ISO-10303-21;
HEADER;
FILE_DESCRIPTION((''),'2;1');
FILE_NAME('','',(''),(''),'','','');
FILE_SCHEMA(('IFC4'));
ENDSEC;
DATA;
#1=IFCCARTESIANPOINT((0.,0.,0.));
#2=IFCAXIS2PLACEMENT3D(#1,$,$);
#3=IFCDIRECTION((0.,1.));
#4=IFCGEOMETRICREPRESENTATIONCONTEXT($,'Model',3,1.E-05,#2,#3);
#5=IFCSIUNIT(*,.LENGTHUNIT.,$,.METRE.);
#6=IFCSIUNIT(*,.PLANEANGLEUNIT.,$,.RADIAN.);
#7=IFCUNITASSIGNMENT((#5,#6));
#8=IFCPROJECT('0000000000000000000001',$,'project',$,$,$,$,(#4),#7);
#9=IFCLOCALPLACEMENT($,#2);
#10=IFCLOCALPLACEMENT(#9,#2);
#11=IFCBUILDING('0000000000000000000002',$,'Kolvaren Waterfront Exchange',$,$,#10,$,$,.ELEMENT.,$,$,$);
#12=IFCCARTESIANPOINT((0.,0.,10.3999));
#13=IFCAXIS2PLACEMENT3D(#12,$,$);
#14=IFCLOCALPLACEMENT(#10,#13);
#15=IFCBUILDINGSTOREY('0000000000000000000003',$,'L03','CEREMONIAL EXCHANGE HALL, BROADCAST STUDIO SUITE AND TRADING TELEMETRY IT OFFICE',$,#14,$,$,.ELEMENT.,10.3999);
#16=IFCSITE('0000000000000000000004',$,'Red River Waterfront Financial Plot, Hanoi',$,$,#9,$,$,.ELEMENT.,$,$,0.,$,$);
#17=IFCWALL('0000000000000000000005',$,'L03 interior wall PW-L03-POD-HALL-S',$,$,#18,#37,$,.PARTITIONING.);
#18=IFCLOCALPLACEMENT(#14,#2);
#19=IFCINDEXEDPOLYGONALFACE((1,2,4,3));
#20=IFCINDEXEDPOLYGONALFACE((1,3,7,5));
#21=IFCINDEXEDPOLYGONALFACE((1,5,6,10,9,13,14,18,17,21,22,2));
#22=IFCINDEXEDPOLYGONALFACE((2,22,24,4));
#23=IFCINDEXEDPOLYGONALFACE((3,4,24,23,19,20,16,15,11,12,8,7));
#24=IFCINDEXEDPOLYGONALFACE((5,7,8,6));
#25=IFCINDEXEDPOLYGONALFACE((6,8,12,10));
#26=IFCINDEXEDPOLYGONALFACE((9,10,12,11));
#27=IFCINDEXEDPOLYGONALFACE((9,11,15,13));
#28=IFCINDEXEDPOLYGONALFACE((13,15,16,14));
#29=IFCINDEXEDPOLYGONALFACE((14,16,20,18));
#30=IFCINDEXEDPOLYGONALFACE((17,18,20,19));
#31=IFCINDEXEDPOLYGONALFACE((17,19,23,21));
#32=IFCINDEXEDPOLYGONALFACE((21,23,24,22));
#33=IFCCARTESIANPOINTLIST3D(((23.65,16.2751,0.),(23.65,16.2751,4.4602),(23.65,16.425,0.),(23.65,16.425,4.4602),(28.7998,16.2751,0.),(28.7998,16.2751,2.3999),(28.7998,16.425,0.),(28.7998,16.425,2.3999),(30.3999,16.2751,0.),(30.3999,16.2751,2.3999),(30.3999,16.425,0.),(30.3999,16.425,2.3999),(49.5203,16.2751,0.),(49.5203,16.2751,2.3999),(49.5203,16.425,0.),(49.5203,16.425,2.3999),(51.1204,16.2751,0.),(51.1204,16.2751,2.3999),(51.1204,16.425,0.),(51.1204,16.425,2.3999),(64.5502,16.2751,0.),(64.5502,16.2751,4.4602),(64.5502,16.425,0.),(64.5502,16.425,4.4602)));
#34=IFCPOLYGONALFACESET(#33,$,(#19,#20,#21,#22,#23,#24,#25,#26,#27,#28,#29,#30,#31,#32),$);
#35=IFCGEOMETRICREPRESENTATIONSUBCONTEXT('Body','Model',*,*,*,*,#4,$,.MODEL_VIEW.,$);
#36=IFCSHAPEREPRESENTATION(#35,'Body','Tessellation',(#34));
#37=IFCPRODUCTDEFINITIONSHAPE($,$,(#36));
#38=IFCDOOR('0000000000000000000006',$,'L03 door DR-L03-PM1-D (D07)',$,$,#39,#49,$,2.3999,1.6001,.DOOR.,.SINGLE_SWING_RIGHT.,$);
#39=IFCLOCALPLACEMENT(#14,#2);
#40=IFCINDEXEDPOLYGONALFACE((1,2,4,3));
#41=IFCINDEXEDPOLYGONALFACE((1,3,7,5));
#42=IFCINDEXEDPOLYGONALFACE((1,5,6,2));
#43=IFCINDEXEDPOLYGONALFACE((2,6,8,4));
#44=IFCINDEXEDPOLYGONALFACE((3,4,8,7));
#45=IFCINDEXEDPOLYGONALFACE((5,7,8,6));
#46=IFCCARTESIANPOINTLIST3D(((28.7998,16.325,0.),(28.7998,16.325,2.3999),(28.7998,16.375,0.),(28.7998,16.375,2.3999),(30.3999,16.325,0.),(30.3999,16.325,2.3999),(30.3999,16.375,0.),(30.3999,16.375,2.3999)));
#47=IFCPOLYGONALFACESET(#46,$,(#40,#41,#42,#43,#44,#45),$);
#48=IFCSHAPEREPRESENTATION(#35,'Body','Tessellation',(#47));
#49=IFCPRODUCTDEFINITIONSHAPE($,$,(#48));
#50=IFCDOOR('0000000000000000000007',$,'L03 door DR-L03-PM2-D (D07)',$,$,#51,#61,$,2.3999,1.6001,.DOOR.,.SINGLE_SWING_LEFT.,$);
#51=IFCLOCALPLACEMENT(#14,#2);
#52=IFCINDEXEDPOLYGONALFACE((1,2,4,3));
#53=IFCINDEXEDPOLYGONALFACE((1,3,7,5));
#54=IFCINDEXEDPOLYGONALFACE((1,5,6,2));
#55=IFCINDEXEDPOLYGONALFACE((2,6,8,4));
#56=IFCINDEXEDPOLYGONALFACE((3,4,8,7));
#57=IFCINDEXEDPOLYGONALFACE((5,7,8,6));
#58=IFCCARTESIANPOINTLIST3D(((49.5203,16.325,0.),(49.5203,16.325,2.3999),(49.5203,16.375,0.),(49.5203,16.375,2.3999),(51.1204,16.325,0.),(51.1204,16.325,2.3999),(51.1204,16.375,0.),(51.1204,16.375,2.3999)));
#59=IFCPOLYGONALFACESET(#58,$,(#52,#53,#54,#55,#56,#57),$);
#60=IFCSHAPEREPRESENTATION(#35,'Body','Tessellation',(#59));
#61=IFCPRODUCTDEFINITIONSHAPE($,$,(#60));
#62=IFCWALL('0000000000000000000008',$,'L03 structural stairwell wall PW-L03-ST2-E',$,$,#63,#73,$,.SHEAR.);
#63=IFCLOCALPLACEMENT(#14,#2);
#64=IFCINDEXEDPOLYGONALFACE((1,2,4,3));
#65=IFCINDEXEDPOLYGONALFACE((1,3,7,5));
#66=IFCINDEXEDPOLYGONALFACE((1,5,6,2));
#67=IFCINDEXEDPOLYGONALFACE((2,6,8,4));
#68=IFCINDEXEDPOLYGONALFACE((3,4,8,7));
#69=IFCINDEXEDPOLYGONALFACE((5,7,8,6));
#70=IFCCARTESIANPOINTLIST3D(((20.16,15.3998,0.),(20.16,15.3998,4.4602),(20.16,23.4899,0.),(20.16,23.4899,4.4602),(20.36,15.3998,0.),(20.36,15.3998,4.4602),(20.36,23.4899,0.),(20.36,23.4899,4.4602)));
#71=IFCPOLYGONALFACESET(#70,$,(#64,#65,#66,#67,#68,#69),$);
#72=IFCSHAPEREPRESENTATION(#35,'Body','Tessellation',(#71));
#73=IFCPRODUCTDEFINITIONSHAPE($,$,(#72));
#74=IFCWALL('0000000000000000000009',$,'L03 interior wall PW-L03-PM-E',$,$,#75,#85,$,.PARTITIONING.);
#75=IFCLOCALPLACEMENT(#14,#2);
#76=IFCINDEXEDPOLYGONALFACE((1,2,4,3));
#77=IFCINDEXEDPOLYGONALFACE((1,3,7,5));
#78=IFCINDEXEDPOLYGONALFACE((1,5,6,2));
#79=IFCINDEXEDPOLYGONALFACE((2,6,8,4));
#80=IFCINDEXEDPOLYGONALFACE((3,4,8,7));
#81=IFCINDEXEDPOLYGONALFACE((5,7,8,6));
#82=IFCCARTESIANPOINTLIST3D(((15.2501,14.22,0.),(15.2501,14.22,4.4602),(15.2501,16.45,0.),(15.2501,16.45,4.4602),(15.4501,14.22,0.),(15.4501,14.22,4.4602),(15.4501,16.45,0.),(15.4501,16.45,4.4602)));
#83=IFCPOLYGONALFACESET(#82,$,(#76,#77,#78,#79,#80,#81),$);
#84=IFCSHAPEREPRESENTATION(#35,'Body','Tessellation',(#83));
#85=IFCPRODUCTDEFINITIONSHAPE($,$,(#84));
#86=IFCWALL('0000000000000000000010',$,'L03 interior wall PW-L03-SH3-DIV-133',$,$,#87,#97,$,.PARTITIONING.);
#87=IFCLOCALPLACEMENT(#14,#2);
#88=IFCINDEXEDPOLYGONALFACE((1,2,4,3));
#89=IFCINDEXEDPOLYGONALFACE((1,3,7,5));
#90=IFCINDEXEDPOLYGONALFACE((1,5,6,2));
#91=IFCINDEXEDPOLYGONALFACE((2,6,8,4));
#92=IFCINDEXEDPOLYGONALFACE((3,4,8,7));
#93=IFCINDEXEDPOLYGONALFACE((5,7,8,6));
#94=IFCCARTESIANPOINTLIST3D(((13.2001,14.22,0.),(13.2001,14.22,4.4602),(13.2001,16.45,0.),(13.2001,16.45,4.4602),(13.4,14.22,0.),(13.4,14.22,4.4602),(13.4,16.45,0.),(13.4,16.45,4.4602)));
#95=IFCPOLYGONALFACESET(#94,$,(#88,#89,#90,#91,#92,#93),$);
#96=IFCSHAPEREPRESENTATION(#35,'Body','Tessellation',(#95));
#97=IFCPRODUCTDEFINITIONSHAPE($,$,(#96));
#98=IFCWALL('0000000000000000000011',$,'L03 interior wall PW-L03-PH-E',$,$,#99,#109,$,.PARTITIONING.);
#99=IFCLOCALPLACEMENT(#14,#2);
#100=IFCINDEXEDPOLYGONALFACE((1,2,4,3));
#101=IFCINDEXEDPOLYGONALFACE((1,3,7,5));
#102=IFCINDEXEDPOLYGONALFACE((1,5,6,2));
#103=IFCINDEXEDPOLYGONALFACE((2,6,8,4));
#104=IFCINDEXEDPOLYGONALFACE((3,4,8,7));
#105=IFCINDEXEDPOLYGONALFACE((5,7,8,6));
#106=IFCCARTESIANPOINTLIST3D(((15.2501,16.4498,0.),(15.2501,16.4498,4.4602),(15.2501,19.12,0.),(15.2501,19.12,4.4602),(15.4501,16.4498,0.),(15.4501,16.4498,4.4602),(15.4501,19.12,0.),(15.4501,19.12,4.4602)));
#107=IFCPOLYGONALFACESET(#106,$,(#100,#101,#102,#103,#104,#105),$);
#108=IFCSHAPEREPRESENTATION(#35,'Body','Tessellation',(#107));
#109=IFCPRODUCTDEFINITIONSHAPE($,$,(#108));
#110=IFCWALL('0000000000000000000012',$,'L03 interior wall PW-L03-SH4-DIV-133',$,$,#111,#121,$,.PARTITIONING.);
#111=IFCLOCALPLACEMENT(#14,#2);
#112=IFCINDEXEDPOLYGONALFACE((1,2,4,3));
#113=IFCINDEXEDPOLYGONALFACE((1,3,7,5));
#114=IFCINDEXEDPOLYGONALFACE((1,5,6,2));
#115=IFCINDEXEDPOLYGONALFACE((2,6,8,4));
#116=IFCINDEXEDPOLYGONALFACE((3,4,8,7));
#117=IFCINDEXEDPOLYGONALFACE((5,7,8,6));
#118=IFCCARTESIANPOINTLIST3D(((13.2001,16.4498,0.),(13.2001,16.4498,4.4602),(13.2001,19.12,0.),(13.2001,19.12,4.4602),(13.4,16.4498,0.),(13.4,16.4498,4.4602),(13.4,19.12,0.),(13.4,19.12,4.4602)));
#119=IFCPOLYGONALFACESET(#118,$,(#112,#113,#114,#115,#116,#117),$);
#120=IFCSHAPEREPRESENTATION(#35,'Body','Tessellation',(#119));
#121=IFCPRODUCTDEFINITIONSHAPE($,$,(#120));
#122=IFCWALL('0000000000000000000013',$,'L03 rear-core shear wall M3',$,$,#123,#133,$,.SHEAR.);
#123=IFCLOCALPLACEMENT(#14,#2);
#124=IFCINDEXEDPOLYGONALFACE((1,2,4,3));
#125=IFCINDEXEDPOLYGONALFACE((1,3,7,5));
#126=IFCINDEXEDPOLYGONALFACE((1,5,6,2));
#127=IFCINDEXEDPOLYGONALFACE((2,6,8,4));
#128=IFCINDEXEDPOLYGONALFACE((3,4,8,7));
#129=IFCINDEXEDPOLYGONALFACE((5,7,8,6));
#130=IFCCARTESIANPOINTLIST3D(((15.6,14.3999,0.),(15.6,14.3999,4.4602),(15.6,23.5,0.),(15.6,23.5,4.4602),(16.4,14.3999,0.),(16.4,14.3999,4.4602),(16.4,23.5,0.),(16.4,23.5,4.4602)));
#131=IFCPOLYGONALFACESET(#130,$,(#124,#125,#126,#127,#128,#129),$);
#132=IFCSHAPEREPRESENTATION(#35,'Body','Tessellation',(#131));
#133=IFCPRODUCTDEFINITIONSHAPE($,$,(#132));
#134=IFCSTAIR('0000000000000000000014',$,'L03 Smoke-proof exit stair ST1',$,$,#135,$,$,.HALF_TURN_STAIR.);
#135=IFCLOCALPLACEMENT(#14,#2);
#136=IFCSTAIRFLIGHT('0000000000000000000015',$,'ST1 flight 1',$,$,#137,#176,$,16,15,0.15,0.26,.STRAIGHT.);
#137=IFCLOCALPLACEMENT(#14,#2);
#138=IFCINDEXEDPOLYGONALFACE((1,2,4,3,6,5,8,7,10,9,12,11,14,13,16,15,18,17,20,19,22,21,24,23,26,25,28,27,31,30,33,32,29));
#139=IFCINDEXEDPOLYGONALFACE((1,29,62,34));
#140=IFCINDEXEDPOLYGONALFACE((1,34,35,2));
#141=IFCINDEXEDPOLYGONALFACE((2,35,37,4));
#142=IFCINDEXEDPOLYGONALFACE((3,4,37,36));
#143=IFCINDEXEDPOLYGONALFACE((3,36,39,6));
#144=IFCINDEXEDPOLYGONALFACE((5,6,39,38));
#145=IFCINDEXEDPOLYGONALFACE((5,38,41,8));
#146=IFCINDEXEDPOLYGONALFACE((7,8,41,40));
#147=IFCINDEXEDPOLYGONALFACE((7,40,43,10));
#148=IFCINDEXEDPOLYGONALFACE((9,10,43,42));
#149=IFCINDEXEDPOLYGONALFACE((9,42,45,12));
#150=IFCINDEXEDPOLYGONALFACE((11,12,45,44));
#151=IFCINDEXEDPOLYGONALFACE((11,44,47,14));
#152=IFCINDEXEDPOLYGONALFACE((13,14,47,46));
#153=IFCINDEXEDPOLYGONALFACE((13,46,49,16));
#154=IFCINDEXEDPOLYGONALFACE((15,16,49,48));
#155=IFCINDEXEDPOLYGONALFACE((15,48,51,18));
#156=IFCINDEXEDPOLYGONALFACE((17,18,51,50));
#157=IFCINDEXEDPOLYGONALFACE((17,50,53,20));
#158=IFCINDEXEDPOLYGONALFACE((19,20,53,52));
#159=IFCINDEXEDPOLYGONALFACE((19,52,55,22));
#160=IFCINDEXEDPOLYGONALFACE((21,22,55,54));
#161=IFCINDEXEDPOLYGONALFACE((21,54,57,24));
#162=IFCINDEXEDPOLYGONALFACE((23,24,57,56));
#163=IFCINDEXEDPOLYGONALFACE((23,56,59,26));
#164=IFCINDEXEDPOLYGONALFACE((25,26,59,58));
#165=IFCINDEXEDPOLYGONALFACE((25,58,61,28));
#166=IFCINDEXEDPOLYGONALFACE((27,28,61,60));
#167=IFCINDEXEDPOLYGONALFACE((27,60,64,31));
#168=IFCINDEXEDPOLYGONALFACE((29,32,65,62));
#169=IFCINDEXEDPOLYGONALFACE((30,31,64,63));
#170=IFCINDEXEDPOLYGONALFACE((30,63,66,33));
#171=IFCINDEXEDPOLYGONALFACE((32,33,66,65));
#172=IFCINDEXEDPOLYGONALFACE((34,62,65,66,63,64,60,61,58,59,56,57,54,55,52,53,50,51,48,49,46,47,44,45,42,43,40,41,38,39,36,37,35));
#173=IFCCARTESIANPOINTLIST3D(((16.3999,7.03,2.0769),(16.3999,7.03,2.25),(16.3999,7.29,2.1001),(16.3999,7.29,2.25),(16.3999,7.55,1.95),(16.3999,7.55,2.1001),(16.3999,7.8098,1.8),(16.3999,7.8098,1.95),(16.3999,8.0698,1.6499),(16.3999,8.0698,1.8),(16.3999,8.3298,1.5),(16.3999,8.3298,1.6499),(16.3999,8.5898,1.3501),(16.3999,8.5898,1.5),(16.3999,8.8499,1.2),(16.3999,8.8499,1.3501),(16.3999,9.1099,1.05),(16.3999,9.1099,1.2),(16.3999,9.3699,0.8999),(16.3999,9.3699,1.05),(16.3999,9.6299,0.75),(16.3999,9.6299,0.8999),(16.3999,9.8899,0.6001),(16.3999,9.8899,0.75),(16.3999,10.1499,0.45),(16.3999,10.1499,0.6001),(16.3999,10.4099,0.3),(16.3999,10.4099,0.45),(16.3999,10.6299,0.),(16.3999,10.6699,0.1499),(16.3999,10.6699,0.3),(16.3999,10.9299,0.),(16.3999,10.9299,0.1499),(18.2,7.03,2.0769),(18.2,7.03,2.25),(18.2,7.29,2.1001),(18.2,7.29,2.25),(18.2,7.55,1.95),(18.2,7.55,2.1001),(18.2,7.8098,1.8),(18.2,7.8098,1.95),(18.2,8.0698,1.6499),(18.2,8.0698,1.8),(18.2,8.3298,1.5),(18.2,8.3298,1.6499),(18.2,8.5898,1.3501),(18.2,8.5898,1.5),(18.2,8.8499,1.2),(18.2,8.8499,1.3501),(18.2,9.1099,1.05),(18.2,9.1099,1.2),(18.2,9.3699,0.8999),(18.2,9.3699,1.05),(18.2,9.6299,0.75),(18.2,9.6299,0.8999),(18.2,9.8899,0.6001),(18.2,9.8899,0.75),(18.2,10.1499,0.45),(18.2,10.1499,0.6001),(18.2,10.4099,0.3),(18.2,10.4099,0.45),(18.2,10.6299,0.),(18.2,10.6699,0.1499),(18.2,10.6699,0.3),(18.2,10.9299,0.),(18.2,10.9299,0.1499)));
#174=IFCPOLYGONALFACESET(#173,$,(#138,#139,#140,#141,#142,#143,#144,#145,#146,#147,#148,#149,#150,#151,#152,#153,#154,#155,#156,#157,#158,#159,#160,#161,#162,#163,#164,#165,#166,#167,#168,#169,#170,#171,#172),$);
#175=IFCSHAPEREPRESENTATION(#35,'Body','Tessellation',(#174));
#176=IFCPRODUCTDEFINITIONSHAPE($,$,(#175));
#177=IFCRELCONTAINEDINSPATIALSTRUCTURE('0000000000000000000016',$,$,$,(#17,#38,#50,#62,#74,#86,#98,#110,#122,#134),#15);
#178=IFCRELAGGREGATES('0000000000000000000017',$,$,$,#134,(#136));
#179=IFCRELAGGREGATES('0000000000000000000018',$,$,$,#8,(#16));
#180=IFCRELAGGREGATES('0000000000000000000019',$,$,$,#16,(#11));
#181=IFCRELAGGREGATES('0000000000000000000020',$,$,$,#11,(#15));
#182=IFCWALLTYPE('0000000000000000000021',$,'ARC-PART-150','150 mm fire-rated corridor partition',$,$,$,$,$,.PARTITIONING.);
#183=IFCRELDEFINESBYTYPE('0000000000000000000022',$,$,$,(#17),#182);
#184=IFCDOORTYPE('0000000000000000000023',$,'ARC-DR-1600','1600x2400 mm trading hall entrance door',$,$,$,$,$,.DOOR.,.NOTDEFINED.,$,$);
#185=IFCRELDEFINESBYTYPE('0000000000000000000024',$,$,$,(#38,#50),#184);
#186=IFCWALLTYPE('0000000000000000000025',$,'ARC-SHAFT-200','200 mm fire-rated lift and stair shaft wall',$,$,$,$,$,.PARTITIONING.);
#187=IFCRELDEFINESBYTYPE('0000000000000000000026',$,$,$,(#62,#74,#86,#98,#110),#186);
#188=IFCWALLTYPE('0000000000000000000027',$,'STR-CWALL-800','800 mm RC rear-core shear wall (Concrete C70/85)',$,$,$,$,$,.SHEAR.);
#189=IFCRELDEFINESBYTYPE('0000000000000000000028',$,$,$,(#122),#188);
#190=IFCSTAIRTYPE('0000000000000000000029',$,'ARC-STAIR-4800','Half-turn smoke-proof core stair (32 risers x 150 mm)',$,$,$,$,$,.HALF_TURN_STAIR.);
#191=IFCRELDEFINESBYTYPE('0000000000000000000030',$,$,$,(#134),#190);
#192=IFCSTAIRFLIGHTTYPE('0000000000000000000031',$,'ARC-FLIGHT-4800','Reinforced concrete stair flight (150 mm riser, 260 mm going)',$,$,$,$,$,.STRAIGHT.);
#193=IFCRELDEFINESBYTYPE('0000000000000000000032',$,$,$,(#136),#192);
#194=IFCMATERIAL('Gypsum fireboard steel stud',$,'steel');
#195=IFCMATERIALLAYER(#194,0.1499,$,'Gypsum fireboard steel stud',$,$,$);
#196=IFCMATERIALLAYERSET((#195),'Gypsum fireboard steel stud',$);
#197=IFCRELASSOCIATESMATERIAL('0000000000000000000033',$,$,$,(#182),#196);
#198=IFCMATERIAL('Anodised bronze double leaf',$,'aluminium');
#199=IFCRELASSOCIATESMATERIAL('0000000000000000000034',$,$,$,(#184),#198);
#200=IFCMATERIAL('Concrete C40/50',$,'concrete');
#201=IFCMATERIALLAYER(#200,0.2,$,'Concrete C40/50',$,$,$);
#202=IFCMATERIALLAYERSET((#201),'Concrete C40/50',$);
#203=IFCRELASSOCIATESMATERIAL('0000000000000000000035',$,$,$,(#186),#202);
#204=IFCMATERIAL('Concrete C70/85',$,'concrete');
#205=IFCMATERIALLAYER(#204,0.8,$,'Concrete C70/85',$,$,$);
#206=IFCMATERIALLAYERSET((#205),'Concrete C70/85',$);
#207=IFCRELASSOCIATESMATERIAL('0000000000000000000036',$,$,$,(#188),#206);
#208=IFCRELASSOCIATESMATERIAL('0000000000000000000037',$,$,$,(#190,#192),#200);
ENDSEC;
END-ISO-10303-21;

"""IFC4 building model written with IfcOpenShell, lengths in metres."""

from ifc_helpers import new_model, si_unit, direction, frame, frame_2d, origin, place, context, subcontext, project, spatial, polyline, rectangle, outline, extrude, material, layer, layer_set, type_object, element, fill, aggregate, save


model = new_model("IFC4")

# Units and contexts
model_context = context("Model", 3, precision=1e-05, world=origin(), true_north=direction((0.0, 1.0)))
body_context = subcontext(model_context, "Body", "Model", "MODEL_VIEW")
ifc_project = project(units=[si_unit("LENGTHUNIT", "METRE"), si_unit("PLANEANGLEUNIT", "RADIAN")], contexts=[model_context])

# Site, building, storey
site_placement = place(None, origin())
site = spatial("IfcSite", under=ifc_project, at=site_placement, Name="Red River Waterfront Financial Plot, Hanoi", CompositionType="ELEMENT", RefElevation=0.0)
building_placement = place(site_placement, origin())
building = spatial("IfcBuilding", under=site, at=building_placement, Name="Kolvaren Waterfront Exchange", CompositionType="ELEMENT")
storey_placement = place(building_placement, frame((0.0, 0.0, 10.3999)))
storey = spatial("IfcBuildingStorey", under=building, at=storey_placement, Name="L03", Description="CEREMONIAL EXCHANGE HALL, BROADCAST STUDIO SUITE AND TRADING TELEMETRY IT OFFICE", CompositionType="ELEMENT", Elevation=10.3999)

# Shared definitions
ifc_material_1 = material(Name="Concrete C70/85", Category="concrete")

# Wall, openings, doors
ifc_material_2 = material(Name="Gypsum fireboard steel stud", Category="steel")
ifc_layer_1 = layer(ifc_material_2, 0.1499, Name="Gypsum fireboard steel stud")
ifc_layer_set_1 = layer_set([ifc_layer_1], Name="Gypsum fireboard steel stud")
wall_type_1 = type_object("IfcWallType", Name="ARC-PART-150", Description="150 mm fire-rated corridor partition", PredefinedType="PARTITIONING", material=ifc_layer_set_1)
wall_1_placement = place(storey_placement, frame((23.6499, 16.3501, 0.0), z_axis=(0.0, 0.0, 1.0), x_axis=(1.0, 0.0, 0.0)))
wall_1 = element("IfcWall", 1, at=wall_1_placement, inside=storey, type_object=wall_type_1, Name="L03 interior wall PW-L03-POD-HALL-S", PredefinedType="PARTITIONING", context=body_context, shape_type="SweptSolid", body=[
    extrude(rectangle(XDim=40.9001, YDim=0.1499, at=frame_2d((20.4502, 0.0))), origin(), (0.0, 0.0, 1.0), 4.4602),
])
opening_1_placement = place(wall_1_placement, frame((5.1499, 0.0, 0.0)))
opening_1 = element("IfcOpeningElement", 2, at=opening_1_placement, cuts=wall_1, PredefinedType="OPENING", context=body_context, shape_type="SweptSolid", body=[
    extrude(rectangle(XDim=1.6001, YDim=2.3999, at=frame_2d((0.8, 1.2))), frame((0.0, 0.085, 0.0), z_axis=(0.0, -1.0, 0.0), x_axis=(1.0, 0.0, 0.0)), (0.0, 0.0, 1.0), 0.1699),
])
opening_2_placement = place(wall_1_placement, frame((25.8704, 0.0, 0.0)))
opening_2 = element("IfcOpeningElement", 3, at=opening_2_placement, cuts=wall_1, PredefinedType="OPENING", context=body_context, shape_type="SweptSolid", body=[
    extrude(rectangle(XDim=1.6001, YDim=2.3999, at=frame_2d((0.8, 1.2))), frame((0.0, 0.085, 0.0), z_axis=(0.0, -1.0, 0.0), x_axis=(1.0, 0.0, 0.0)), (0.0, 0.0, 1.0), 0.1699),
])
ifc_material_3 = material(Name="Anodised bronze double leaf", Category="aluminium")
door_type_1 = type_object("IfcDoorType", Name="ARC-DR-1600", Description="1600x2400 mm trading hall entrance door", OperationType="NOTDEFINED", PredefinedType="DOOR", material=ifc_material_3)
door_1_placement = place(opening_1_placement, origin())
door_1 = element("IfcDoor", 4, at=door_1_placement, inside=storey, type_object=door_type_1, Name="L03 door DR-L03-PM1-D (D07)", OperationType="SINGLE_SWING_RIGHT", OverallHeight=2.3999, OverallWidth=1.6001, PredefinedType="DOOR", context=body_context, shape_type="SweptSolid", body=[
    extrude(rectangle(XDim=1.6001, YDim=2.3999, at=frame_2d((0.8, 1.2))), frame((0.0, 0.0249, 0.0), z_axis=(0.0, -1.0, 0.0), x_axis=(1.0, 0.0, 0.0)), (0.0, 0.0, 1.0), 0.05),
])
fill(opening_1, door_1)
door_2_placement = place(opening_2_placement, origin())
door_2 = element("IfcDoor", 5, at=door_2_placement, inside=storey, type_object=door_type_1, Name="L03 door DR-L03-PM2-D (D07)", OperationType="SINGLE_SWING_LEFT", OverallHeight=2.3999, OverallWidth=1.6001, PredefinedType="DOOR", context=body_context, shape_type="SweptSolid", body=[
    extrude(rectangle(XDim=1.6001, YDim=2.3999, at=frame_2d((0.8, 1.2))), frame((0.0, 0.0249, 0.0), z_axis=(0.0, -1.0, 0.0), x_axis=(1.0, 0.0, 0.0)), (0.0, 0.0, 1.0), 0.05),
])
fill(opening_2, door_2)

# Walls
ifc_material_4 = material(Name="Concrete C40/50", Category="concrete")
ifc_layer_2 = layer(ifc_material_4, 0.2, Name="Concrete C40/50")
ifc_layer_set_2 = layer_set([ifc_layer_2], Name="Concrete C40/50")
wall_type_2 = type_object("IfcWallType", Name="ARC-SHAFT-200", Description="200 mm fire-rated lift and stair shaft wall", PredefinedType="PARTITIONING", material=ifc_layer_set_2)
wall_2_placement = place(storey_placement, frame((20.26, 15.3999, 0.0), z_axis=(0.0, 0.0, 1.0), x_axis=(0.0, 1.0, 0.0)))
element("IfcWall", 6, at=wall_2_placement, inside=storey, type_object=wall_type_2, Name="L03 structural stairwell wall PW-L03-ST2-E", PredefinedType="SHEAR", context=body_context, shape_type="SweptSolid", body=[
    extrude(rectangle(XDim=8.0901, YDim=0.2, at=frame_2d((4.0449, 0.0))), origin(), (0.0, 0.0, 1.0), 4.4602),
])
for number, where, z_axis, x_axis, name in (
    (7, (15.3501, 14.22, 0.0), (0.0, 0.0, 1.0), (0.0, 1.0, 0.0), "L03 interior wall PW-L03-PM-E"),
    (8, (13.3, 14.22, 0.0), (0.0, 0.0, 1.0), (0.0, 1.0, 0.0), "L03 interior wall PW-L03-SH3-DIV-133"),
):
    element("IfcWall", number, at=place(storey_placement, frame(where, z_axis=z_axis, x_axis=x_axis)), inside=storey, type_object=wall_type_2, Name=name, PredefinedType="PARTITIONING", context=body_context, shape_type="SweptSolid", body=[
        extrude(rectangle(XDim=2.23, YDim=0.2, at=frame_2d((1.115, 0.0))), origin(), (0.0, 0.0, 1.0), 4.4602),
    ])
for number, where, z_axis, x_axis, name in (
    (9, (15.3501, 16.45, 0.0), (0.0, 0.0, 1.0), (0.0, 1.0, 0.0), "L03 interior wall PW-L03-PH-E"),
    (10, (13.3, 16.45, 0.0), (0.0, 0.0, 1.0), (0.0, 1.0, 0.0), "L03 interior wall PW-L03-SH4-DIV-133"),
):
    element("IfcWall", number, at=place(storey_placement, frame(where, z_axis=z_axis, x_axis=x_axis)), inside=storey, type_object=wall_type_2, Name=name, PredefinedType="PARTITIONING", context=body_context, shape_type="SweptSolid", body=[
        extrude(rectangle(XDim=2.6702, YDim=0.2, at=frame_2d((1.335, 0.0))), origin(), (0.0, 0.0, 1.0), 4.4602),
    ])
ifc_layer_3 = layer(ifc_material_1, 0.8, Name="Concrete C70/85")
ifc_layer_set_3 = layer_set([ifc_layer_3], Name="Concrete C70/85")
wall_type_3 = type_object("IfcWallType", Name="STR-CWALL-800", Description="800 mm RC rear-core shear wall (Concrete C70/85)", PredefinedType="SHEAR", material=ifc_layer_set_3)
wall_3_placement = place(storey_placement, frame((16.0, 14.3999, 0.0), z_axis=(0.0, 0.0, 1.0), x_axis=(0.0, 1.0, 0.0)))
element("IfcWall", 11, at=wall_3_placement, inside=storey, type_object=wall_type_3, Name="L03 rear-core shear wall M3", PredefinedType="SHEAR", context=body_context, shape_type="SweptSolid", body=[
    extrude(rectangle(XDim=9.1001, YDim=0.8, at=frame_2d((4.55, 0.0))), origin(), (0.0, 0.0, 1.0), 4.4602),
])

# Stair, stair flight
stair_type = type_object("IfcStairType", Name="ARC-STAIR-4800", Description="Half-turn smoke-proof core stair (32 risers x 150 mm)", PredefinedType="HALF_TURN_STAIR", material=ifc_material_4)
stair_placement = place(storey_placement, origin())
stair = element("IfcStair", 12, at=stair_placement, inside=storey, type_object=stair_type, Name="L03 Smoke-proof exit stair ST1", PredefinedType="HALF_TURN_STAIR")
stair_flight_type = type_object("IfcStairFlightType", Name="ARC-FLIGHT-4800", Description="Reinforced concrete stair flight (150 mm riser, 260 mm going)", PredefinedType="STRAIGHT", material=ifc_material_4)
stair_flight_placement = place(storey_placement, frame((17.3, 10.9299, 0.0), z_axis=(0.0, 0.0, 1.0), x_axis=(0.0, -1.0, 0.0)))
stair_flight = element("IfcStairFlight", 13, at=stair_flight_placement, type_object=stair_flight_type, Name="ST1 flight 1", NumberOfRisers=16, NumberOfTreads=15, PredefinedType="STRAIGHT", RiserHeight=0.15, TreadLength=0.26, context=body_context, shape_type="SweptSolid", body=[
    extrude(outline(polyline([(0.0, 0.0), (0.0, 0.1499), (0.26, 0.1499), (0.26, 0.3), (0.52, 0.3), (0.52, 0.45), (0.78, 0.45), (0.78, 0.6001), (1.04, 0.6001), (1.04, 0.75), (1.3, 0.75), (1.3, 0.8999), (1.5601, 0.8999), (1.5601, 1.05), (1.8201, 1.05), (1.8201, 1.2), (2.0801, 1.2), (2.0801, 1.3501), (2.3401, 1.3501), (2.3401, 1.5), (2.6001, 1.5), (2.6001, 1.6499), (2.8601, 1.6499), (2.8601, 1.8), (3.1201, 1.8), (3.1201, 1.95), (3.3799, 1.95), (3.3799, 2.1001), (3.6399, 2.1001), (3.6399, 2.25), (3.8999, 2.25), (3.8999, 2.3999), (3.8999, 2.0769), (0.3, 0.0), (0.0, 0.0)])), frame((0.0, 0.8999, 0.0), z_axis=(0.0, -1.0, 0.0), x_axis=(1.0, 0.0, 0.0)), (0.0, 0.0, 1.0), 1.8),
])
aggregate(stair, [stair_flight])

save(model, "model.ifc")
